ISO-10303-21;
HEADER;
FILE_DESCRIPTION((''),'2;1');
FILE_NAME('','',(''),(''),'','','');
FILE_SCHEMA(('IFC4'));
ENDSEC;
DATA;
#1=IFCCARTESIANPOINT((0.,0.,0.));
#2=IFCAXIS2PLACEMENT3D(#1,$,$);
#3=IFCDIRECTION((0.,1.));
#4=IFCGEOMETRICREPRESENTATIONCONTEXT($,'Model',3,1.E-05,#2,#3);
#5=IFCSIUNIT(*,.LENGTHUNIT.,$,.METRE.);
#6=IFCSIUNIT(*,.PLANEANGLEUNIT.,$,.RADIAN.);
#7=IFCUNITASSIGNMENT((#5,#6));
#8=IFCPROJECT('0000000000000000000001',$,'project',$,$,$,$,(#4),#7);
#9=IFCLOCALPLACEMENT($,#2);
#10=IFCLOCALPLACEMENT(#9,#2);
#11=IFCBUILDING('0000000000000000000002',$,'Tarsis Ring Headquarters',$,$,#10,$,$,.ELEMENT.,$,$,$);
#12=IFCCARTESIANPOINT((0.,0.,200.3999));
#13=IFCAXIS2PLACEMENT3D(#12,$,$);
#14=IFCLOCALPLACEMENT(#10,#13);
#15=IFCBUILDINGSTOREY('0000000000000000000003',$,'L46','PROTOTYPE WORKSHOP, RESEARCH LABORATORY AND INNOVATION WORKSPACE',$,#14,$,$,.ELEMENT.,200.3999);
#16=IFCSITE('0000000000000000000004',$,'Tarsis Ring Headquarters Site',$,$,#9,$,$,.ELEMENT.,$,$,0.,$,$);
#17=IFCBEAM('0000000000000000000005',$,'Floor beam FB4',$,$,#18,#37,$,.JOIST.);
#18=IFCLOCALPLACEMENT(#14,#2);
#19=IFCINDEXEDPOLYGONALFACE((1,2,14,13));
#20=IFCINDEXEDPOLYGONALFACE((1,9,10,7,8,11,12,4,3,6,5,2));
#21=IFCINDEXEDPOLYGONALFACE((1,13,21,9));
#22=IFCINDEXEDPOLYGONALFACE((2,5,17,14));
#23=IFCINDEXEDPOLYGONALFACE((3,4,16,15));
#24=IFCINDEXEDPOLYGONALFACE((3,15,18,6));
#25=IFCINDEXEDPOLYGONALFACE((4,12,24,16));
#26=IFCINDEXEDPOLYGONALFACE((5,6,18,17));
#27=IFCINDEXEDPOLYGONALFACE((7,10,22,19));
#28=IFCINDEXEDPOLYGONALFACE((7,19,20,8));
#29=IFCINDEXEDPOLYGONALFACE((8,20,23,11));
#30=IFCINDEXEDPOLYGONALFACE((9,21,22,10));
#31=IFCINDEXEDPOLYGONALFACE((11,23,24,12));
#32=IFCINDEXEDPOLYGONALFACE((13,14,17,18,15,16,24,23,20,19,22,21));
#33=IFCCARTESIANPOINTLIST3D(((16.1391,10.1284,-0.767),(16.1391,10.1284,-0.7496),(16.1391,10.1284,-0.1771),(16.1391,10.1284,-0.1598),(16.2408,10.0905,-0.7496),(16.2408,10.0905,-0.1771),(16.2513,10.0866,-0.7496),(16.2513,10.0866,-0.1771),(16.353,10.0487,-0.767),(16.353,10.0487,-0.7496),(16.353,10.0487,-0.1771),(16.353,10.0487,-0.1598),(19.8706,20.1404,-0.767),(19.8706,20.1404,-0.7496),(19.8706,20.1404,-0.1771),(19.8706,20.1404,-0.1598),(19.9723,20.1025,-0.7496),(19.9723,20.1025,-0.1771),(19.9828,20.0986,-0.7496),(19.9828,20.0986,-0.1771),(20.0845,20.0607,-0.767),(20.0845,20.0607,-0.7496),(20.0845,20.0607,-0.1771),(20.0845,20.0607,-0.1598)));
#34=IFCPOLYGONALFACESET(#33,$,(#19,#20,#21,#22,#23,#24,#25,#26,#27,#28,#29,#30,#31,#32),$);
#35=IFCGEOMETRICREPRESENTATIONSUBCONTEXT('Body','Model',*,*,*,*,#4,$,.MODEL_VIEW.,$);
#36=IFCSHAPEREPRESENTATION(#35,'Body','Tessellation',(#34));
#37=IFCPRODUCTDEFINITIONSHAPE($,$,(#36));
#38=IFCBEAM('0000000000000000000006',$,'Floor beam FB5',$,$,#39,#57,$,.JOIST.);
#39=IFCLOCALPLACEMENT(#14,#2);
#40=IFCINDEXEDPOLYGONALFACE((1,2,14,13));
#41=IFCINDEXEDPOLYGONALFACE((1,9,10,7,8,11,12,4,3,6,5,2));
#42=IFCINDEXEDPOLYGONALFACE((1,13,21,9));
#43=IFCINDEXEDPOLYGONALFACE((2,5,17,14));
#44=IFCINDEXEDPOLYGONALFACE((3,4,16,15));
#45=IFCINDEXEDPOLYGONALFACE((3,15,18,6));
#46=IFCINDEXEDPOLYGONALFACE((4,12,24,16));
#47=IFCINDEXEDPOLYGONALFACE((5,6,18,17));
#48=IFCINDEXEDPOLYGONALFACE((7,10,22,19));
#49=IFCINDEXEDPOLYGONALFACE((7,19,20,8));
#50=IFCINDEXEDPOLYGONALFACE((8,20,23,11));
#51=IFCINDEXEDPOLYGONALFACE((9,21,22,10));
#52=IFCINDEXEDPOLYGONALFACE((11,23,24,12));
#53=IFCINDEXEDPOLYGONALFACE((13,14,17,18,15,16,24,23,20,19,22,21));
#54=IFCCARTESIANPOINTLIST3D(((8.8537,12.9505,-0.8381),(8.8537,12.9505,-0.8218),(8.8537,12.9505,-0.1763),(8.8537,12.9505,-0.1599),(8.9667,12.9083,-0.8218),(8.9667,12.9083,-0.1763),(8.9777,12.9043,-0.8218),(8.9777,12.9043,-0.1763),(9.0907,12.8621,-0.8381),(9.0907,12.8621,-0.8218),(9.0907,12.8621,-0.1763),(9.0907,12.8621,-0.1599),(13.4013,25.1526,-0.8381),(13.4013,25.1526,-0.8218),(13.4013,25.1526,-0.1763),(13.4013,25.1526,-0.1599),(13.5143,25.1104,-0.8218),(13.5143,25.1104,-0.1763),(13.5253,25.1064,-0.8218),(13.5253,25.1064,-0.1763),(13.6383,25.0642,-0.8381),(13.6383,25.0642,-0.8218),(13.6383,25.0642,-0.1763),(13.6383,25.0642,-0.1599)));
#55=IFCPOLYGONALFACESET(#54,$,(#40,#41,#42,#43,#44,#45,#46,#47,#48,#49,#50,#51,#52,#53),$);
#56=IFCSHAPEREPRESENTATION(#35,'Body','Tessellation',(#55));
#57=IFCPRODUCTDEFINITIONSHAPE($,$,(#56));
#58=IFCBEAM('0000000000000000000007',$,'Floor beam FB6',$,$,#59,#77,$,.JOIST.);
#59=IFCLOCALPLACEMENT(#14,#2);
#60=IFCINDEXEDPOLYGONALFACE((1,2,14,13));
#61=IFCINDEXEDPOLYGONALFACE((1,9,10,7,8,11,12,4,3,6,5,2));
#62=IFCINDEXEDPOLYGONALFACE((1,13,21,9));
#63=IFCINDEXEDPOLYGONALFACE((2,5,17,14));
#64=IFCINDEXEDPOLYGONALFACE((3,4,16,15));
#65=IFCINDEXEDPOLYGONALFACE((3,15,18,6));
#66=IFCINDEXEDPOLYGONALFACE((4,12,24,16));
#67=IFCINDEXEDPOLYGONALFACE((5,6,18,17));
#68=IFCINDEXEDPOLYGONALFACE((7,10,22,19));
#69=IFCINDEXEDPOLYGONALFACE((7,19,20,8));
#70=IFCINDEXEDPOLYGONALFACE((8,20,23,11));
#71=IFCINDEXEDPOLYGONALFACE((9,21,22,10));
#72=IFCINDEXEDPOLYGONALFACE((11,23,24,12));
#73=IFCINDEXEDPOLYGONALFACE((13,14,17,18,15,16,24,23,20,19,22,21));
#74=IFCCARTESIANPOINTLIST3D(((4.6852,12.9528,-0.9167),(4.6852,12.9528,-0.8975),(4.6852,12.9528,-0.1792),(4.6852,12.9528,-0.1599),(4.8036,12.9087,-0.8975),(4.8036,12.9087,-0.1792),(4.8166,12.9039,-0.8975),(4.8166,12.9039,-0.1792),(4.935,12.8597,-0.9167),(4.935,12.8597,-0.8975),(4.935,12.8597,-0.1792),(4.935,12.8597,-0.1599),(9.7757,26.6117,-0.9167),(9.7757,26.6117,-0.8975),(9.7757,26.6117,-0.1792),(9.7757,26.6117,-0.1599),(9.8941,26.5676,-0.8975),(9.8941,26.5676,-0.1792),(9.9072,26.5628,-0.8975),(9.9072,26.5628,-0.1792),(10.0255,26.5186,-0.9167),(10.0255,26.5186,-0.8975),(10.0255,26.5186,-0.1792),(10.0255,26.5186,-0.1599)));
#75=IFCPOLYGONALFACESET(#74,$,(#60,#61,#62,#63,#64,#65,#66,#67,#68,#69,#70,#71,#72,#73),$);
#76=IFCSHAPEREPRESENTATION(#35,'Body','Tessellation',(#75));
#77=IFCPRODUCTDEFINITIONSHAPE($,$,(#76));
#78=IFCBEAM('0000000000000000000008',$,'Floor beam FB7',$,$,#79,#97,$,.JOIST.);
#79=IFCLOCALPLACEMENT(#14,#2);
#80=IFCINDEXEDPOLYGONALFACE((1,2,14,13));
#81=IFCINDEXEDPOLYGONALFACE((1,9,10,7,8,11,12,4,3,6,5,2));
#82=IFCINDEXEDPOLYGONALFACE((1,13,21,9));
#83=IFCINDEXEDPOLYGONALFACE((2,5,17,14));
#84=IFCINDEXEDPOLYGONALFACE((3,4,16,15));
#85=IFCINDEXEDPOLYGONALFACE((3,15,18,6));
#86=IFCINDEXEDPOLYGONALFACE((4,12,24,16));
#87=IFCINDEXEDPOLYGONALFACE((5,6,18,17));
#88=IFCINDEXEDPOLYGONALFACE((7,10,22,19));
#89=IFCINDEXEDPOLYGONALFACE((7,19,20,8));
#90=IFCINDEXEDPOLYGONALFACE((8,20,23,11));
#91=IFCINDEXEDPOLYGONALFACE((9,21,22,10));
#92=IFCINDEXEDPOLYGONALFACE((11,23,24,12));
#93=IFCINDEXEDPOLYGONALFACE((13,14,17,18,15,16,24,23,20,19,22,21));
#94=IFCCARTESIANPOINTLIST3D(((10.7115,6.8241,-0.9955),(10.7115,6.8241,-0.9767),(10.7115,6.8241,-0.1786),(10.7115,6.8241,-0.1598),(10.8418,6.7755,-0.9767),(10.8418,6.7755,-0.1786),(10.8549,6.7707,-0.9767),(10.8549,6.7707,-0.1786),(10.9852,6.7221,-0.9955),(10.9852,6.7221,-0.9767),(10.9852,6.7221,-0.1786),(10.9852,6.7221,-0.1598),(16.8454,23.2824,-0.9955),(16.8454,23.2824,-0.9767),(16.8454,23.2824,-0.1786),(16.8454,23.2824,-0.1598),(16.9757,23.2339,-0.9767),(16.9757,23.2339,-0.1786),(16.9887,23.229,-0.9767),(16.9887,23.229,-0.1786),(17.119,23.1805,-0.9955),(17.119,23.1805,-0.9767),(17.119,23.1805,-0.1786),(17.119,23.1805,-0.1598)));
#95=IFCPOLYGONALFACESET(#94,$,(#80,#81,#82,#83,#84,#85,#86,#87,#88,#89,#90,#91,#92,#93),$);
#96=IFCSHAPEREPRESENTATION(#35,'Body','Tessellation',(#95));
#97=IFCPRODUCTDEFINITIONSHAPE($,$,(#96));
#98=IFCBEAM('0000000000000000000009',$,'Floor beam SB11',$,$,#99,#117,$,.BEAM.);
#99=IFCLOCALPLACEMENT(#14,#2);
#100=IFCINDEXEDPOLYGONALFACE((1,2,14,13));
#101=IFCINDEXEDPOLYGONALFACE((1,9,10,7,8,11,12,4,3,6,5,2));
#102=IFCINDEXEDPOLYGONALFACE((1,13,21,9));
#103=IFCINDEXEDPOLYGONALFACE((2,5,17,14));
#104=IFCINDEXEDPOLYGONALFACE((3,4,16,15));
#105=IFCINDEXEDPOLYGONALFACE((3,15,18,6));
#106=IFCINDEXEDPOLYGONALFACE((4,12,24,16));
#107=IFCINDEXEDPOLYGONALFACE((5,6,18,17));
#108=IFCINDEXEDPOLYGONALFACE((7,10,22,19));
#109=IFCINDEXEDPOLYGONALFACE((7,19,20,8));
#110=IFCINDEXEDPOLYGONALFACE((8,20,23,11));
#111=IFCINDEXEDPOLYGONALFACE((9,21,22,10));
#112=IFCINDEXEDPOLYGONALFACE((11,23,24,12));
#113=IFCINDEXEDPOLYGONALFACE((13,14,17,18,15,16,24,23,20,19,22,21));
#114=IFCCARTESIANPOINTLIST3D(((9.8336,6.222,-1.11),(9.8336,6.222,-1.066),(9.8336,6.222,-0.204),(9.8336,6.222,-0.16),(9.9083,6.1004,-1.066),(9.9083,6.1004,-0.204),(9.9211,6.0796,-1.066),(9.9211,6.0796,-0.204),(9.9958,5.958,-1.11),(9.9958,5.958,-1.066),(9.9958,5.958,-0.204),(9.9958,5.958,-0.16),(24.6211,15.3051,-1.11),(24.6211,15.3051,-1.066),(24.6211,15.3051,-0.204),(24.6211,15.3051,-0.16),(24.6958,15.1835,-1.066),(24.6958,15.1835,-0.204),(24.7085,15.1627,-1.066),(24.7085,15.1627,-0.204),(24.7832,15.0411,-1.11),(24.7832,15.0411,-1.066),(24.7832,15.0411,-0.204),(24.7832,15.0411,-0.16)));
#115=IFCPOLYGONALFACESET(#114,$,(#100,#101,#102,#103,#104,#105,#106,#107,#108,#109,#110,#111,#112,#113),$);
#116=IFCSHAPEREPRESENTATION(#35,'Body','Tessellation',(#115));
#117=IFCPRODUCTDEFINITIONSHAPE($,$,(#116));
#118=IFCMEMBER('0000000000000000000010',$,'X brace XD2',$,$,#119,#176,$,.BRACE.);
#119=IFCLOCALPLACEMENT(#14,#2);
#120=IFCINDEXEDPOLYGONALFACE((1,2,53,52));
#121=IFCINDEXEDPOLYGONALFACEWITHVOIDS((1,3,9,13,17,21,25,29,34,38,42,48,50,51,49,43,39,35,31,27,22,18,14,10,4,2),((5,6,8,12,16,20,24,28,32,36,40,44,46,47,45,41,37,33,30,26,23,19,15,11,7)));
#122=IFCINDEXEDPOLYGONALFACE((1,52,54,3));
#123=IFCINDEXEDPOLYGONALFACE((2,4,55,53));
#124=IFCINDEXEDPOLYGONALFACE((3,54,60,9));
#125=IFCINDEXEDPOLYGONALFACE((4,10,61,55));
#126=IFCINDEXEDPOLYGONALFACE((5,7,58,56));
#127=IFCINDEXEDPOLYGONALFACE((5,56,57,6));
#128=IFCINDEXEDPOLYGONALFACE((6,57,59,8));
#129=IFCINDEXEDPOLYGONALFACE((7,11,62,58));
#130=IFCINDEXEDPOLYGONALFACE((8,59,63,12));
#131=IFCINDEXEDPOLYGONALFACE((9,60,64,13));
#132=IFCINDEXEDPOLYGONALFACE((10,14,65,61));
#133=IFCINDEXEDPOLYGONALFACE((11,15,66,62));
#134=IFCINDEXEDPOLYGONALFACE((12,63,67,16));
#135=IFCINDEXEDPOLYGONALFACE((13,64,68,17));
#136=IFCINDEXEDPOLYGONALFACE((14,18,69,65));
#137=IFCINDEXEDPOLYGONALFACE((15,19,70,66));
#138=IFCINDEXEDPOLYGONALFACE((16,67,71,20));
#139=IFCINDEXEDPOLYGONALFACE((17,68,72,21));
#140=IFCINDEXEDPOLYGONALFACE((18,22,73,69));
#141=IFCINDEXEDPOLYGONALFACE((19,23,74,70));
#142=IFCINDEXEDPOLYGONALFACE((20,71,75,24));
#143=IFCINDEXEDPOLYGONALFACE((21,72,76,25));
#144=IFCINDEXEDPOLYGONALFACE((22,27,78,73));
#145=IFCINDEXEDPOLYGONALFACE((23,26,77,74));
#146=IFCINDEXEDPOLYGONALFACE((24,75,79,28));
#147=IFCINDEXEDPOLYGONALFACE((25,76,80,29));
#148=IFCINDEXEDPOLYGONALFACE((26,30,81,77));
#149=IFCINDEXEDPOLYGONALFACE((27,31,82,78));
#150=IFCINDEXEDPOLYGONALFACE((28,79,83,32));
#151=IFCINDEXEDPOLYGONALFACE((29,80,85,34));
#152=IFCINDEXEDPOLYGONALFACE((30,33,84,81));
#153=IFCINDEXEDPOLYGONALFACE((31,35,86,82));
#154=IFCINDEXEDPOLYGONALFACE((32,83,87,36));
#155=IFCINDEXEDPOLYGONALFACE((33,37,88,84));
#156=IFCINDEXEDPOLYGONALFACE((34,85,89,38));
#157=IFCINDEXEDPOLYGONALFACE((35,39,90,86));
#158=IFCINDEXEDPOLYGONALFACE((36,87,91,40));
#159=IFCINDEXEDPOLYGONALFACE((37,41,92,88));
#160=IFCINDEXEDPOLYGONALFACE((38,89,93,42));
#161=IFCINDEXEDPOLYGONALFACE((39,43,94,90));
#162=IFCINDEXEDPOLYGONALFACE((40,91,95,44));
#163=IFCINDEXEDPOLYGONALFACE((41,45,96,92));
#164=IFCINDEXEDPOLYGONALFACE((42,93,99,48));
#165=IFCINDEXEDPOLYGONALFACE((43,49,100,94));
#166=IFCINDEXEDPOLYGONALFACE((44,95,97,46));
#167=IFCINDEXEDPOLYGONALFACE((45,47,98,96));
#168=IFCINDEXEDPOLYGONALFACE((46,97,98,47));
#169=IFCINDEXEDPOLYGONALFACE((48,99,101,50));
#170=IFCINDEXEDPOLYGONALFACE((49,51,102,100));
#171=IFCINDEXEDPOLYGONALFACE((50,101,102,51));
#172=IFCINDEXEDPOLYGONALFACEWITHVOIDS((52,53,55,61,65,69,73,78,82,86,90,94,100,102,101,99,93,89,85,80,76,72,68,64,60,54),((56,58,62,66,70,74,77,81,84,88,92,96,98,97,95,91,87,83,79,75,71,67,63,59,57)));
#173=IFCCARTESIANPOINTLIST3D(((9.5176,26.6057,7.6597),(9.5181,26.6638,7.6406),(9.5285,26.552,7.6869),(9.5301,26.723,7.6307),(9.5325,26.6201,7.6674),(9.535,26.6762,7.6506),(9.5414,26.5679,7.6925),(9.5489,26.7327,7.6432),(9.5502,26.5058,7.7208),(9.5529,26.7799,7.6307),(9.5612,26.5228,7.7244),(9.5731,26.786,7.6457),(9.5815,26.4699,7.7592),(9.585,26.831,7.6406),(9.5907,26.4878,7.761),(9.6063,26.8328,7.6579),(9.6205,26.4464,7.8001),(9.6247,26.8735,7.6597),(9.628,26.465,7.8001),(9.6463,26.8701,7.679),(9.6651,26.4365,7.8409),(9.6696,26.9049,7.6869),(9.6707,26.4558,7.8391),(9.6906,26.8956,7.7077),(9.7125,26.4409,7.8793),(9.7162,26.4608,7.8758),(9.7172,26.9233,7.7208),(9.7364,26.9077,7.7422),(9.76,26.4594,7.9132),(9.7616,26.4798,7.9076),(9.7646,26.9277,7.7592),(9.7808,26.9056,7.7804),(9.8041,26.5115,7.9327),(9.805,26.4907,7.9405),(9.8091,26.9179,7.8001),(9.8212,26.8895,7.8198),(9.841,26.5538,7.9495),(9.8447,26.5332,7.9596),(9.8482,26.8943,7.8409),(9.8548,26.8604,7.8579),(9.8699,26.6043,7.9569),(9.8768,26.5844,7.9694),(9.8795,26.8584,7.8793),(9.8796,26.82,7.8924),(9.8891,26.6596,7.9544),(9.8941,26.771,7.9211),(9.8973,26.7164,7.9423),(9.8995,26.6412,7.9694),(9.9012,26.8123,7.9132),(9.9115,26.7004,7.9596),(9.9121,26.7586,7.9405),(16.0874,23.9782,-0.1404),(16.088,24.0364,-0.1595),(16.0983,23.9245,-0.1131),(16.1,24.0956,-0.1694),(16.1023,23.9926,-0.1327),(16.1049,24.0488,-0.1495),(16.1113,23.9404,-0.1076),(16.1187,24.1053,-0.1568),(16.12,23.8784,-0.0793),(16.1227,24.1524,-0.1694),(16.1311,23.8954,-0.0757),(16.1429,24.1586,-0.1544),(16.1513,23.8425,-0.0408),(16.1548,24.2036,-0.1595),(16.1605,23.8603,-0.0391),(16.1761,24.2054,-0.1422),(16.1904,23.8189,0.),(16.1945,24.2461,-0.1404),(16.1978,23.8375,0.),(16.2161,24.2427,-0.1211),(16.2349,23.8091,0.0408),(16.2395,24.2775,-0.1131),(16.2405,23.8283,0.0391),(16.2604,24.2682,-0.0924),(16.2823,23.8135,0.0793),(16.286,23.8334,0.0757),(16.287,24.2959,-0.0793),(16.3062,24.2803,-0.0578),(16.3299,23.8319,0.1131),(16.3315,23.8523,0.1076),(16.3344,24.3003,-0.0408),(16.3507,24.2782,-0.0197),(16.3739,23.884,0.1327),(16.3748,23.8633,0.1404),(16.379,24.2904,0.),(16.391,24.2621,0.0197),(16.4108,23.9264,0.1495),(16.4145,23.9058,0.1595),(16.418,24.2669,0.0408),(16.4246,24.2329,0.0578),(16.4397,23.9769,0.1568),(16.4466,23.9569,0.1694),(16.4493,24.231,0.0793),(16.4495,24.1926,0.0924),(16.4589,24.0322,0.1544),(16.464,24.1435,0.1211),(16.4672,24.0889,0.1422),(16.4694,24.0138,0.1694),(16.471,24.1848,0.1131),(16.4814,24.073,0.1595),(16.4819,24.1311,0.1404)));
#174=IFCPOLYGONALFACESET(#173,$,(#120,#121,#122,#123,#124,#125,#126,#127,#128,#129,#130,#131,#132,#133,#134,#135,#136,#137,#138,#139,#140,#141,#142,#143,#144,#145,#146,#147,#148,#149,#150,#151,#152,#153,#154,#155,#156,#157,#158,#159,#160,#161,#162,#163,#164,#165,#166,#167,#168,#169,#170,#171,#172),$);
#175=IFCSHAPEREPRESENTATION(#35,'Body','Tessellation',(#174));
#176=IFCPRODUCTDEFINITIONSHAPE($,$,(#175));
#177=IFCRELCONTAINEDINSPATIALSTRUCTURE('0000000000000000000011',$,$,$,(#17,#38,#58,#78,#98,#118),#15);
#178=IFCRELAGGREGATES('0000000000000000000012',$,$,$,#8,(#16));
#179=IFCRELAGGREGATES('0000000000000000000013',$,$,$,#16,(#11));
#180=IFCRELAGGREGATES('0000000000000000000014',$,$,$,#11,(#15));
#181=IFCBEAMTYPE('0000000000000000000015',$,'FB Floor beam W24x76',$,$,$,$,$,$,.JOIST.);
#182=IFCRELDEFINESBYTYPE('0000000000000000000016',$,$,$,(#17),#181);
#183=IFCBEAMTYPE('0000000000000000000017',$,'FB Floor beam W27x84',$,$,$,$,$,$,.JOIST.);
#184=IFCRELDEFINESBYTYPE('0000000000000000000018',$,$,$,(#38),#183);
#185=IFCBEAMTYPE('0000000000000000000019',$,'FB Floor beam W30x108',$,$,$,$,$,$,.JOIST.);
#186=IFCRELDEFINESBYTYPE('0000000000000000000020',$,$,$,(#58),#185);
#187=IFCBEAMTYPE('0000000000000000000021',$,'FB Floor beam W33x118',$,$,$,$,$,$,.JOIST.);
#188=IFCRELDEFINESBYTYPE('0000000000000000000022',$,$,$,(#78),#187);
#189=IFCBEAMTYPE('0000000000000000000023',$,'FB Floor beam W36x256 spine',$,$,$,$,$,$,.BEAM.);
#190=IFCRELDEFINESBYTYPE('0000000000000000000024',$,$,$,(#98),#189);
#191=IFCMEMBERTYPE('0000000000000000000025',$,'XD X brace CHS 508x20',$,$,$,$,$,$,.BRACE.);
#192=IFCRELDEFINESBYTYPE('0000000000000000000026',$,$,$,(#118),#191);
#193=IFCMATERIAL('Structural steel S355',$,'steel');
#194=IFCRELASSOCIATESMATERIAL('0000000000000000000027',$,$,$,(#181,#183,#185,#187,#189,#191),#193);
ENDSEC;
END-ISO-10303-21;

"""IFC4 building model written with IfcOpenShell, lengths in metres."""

from ifc_helpers import new_model, si_unit, direction, frame, origin, origin_2d, place, context, subcontext, project, spatial, hollow_circle, i_section, extrude, material, material_profile, profile_set, type_object, element, save


model = new_model("IFC4")

# Units and contexts
model_context = context("Model", 3, precision=1e-05, world=origin(), true_north=direction((0.0, 1.0)))
body_context = subcontext(model_context, "Body", "Model", "MODEL_VIEW")
ifc_project = project(units=[si_unit("LENGTHUNIT", "METRE"), si_unit("PLANEANGLEUNIT", "RADIAN")], contexts=[model_context])

# Site, building, storey
site_placement = place(None, origin())
site = spatial("IfcSite", under=ifc_project, at=site_placement, Name="Tarsis Ring Headquarters Site", CompositionType="ELEMENT", RefElevation=0.0)
building_placement = place(site_placement, origin())
building = spatial("IfcBuilding", under=site, at=building_placement, Name="Tarsis Ring Headquarters", CompositionType="ELEMENT")
storey_placement = place(building_placement, frame((0.0, 0.0, 200.3999)))
storey = spatial("IfcBuildingStorey", under=building, at=storey_placement, Name="L46", Description="PROTOTYPE WORKSHOP, RESEARCH LABORATORY AND INNOVATION WORKSPACE", CompositionType="ELEMENT", Elevation=200.3999)

# Shared definitions
ifc_material_1 = material(Name="Structural steel S355", Category="steel")

# Beams
ifc_material_profile_1 = material_profile(ifc_material_1, i_section(OverallWidth=0.2283, OverallDepth=0.6072, WebThickness=0.0112, FlangeThickness=0.0173, at=origin_2d()), Name="W24x76")
ifc_profile_set_1 = profile_set([ifc_material_profile_1], Name="Structural steel S355")
beam_type_1 = type_object("IfcBeamType", Name="FB Floor beam W24x76", PredefinedType="JOIST", material=ifc_profile_set_1)
beam_1_placement = place(storey_placement, frame((19.9775, 20.1006, -0.4634), z_axis=(-0.349232, -0.937036, 0.0), x_axis=(0.937036, -0.349232, 0.0)))
element("IfcBeam", 1, at=beam_1_placement, inside=storey, type_object=beam_type_1, Name="Floor beam FB4", PredefinedType="JOIST", context=body_context, shape_type="SweptSolid", body=[
    extrude(i_section(OverallWidth=0.2283, OverallDepth=0.6072, WebThickness=0.0112, FlangeThickness=0.0173, at=origin_2d()), origin(), (0.0, 0.0, 1.0), 10.6848),
])
ifc_material_profile_2 = material_profile(ifc_material_1, i_section(OverallWidth=0.2529, OverallDepth=0.6782, WebThickness=0.0117, FlangeThickness=0.0164, at=origin_2d()), Name="W27x84")
ifc_profile_set_2 = profile_set([ifc_material_profile_2], Name="Structural steel S355")
beam_type_2 = type_object("IfcBeamType", Name="FB Floor beam W27x84", PredefinedType="JOIST", material=ifc_profile_set_2)
beam_2_placement = place(storey_placement, frame((13.5198, 25.1084, -0.499), z_axis=(-0.349224, -0.937039, 0.0), x_axis=(0.937039, -0.349224, 0.0)))
element("IfcBeam", 2, at=beam_2_placement, inside=storey, type_object=beam_type_2, Name="Floor beam FB5", PredefinedType="JOIST", context=body_context, shape_type="SweptSolid", body=[
    extrude(i_section(OverallWidth=0.2529, OverallDepth=0.6782, WebThickness=0.0117, FlangeThickness=0.0164, at=origin_2d()), origin(), (0.0, 0.0, 1.0), 13.022),
])
ifc_material_profile_3 = material_profile(ifc_material_1, i_section(OverallWidth=0.2666, OverallDepth=0.7568, WebThickness=0.0139, FlangeThickness=0.0193, at=origin_2d()), Name="W30x108")
ifc_profile_set_3 = profile_set([ifc_material_profile_3], Name="Structural steel S355")
beam_type_3 = type_object("IfcBeamType", Name="FB Floor beam W30x108", PredefinedType="JOIST", material=ifc_profile_set_3)
beam_3_placement = place(storey_placement, frame((9.9006, 26.5652, -0.5383), z_axis=(-0.349227, -0.937038, 0.0), x_axis=(0.937038, -0.349227, 0.0)))
element("IfcBeam", 3, at=beam_3_placement, inside=storey, type_object=beam_type_3, Name="Floor beam FB6", PredefinedType="JOIST", context=body_context, shape_type="SweptSolid", body=[
    extrude(i_section(OverallWidth=0.2666, OverallDepth=0.7568, WebThickness=0.0139, FlangeThickness=0.0193, at=origin_2d()), origin(), (0.0, 0.0, 1.0), 14.5767),
])
ifc_material_profile_4 = material_profile(ifc_material_1, i_section(OverallWidth=0.292, OverallDepth=0.8357, WebThickness=0.0139, FlangeThickness=0.0188, at=origin_2d()), Name="W33x118")
ifc_profile_set_4 = profile_set([ifc_material_profile_4], Name="Structural steel S355")
beam_type_4 = type_object("IfcBeamType", Name="FB Floor beam W33x118", PredefinedType="JOIST", material=ifc_profile_set_4)
beam_4_placement = place(storey_placement, frame((16.9822, 23.2314, -0.5776), z_axis=(-0.349223, -0.93704, 0.0), x_axis=(0.93704, -0.349223, 0.0)))
element("IfcBeam", 4, at=beam_4_placement, inside=storey, type_object=beam_type_4, Name="Floor beam FB7", PredefinedType="JOIST", context=body_context, shape_type="SweptSolid", body=[
    extrude(i_section(OverallWidth=0.292, OverallDepth=0.8357, WebThickness=0.0139, FlangeThickness=0.0188, at=origin_2d()), origin(), (0.0, 0.0, 1.0), 17.5642),
])
ifc_material_profile_5 = material_profile(ifc_material_1, i_section(OverallWidth=0.3098, OverallDepth=0.95, WebThickness=0.0244, FlangeThickness=0.0439, at=origin_2d()), Name="W36x256")
ifc_profile_set_5 = profile_set([ifc_material_profile_5], Name="Structural steel S355")
beam_type_5 = type_object("IfcBeamType", Name="FB Floor beam W36x256 spine", PredefinedType="BEAM", material=ifc_profile_set_5)
beam_5_placement = place(storey_placement, frame((24.7021, 15.1731, -0.635), z_axis=(-0.852093, -0.523391, 0.0), x_axis=(0.523391, -0.852093, 0.0)))
element("IfcBeam", 5, at=beam_5_placement, inside=storey, type_object=beam_type_5, Name="Floor beam SB11", PredefinedType="BEAM", context=body_context, shape_type="SweptSolid", body=[
    extrude(i_section(OverallWidth=0.3098, OverallDepth=0.95, WebThickness=0.0244, FlangeThickness=0.0439, at=origin_2d()), origin(), (0.0, 0.0, 1.0), 17.3542),
])

# Member
ifc_material_profile_6 = material_profile(ifc_material_1, hollow_circle(Radius=0.2539, WallThickness=0.02, at=origin_2d()), Name="CHS 508x20")
ifc_profile_set_6 = profile_set([ifc_material_profile_6], Name="Structural steel S355")
member_type = type_object("IfcMemberType", Name="XD X brace CHS 508x20", PredefinedType="BRACE", material=ifc_profile_set_6)
member_placement = place(storey_placement, frame((16.2847, 24.0547, 0.0), z_axis=(-0.623842, 0.24949, 0.740659), x_axis=(-0.371331, -0.9285, 0.0)))
element("IfcMember", 6, at=member_placement, inside=storey, type_object=member_type, Name="X brace XD2", PredefinedType="BRACE", context=body_context, shape_type="SweptSolid", body=[
    extrude(hollow_circle(Radius=0.2539, WallThickness=0.02, at=origin_2d()), origin(), (0.0, 0.0, 1.0), 10.5312),
])

save(model, "model.ifc")
